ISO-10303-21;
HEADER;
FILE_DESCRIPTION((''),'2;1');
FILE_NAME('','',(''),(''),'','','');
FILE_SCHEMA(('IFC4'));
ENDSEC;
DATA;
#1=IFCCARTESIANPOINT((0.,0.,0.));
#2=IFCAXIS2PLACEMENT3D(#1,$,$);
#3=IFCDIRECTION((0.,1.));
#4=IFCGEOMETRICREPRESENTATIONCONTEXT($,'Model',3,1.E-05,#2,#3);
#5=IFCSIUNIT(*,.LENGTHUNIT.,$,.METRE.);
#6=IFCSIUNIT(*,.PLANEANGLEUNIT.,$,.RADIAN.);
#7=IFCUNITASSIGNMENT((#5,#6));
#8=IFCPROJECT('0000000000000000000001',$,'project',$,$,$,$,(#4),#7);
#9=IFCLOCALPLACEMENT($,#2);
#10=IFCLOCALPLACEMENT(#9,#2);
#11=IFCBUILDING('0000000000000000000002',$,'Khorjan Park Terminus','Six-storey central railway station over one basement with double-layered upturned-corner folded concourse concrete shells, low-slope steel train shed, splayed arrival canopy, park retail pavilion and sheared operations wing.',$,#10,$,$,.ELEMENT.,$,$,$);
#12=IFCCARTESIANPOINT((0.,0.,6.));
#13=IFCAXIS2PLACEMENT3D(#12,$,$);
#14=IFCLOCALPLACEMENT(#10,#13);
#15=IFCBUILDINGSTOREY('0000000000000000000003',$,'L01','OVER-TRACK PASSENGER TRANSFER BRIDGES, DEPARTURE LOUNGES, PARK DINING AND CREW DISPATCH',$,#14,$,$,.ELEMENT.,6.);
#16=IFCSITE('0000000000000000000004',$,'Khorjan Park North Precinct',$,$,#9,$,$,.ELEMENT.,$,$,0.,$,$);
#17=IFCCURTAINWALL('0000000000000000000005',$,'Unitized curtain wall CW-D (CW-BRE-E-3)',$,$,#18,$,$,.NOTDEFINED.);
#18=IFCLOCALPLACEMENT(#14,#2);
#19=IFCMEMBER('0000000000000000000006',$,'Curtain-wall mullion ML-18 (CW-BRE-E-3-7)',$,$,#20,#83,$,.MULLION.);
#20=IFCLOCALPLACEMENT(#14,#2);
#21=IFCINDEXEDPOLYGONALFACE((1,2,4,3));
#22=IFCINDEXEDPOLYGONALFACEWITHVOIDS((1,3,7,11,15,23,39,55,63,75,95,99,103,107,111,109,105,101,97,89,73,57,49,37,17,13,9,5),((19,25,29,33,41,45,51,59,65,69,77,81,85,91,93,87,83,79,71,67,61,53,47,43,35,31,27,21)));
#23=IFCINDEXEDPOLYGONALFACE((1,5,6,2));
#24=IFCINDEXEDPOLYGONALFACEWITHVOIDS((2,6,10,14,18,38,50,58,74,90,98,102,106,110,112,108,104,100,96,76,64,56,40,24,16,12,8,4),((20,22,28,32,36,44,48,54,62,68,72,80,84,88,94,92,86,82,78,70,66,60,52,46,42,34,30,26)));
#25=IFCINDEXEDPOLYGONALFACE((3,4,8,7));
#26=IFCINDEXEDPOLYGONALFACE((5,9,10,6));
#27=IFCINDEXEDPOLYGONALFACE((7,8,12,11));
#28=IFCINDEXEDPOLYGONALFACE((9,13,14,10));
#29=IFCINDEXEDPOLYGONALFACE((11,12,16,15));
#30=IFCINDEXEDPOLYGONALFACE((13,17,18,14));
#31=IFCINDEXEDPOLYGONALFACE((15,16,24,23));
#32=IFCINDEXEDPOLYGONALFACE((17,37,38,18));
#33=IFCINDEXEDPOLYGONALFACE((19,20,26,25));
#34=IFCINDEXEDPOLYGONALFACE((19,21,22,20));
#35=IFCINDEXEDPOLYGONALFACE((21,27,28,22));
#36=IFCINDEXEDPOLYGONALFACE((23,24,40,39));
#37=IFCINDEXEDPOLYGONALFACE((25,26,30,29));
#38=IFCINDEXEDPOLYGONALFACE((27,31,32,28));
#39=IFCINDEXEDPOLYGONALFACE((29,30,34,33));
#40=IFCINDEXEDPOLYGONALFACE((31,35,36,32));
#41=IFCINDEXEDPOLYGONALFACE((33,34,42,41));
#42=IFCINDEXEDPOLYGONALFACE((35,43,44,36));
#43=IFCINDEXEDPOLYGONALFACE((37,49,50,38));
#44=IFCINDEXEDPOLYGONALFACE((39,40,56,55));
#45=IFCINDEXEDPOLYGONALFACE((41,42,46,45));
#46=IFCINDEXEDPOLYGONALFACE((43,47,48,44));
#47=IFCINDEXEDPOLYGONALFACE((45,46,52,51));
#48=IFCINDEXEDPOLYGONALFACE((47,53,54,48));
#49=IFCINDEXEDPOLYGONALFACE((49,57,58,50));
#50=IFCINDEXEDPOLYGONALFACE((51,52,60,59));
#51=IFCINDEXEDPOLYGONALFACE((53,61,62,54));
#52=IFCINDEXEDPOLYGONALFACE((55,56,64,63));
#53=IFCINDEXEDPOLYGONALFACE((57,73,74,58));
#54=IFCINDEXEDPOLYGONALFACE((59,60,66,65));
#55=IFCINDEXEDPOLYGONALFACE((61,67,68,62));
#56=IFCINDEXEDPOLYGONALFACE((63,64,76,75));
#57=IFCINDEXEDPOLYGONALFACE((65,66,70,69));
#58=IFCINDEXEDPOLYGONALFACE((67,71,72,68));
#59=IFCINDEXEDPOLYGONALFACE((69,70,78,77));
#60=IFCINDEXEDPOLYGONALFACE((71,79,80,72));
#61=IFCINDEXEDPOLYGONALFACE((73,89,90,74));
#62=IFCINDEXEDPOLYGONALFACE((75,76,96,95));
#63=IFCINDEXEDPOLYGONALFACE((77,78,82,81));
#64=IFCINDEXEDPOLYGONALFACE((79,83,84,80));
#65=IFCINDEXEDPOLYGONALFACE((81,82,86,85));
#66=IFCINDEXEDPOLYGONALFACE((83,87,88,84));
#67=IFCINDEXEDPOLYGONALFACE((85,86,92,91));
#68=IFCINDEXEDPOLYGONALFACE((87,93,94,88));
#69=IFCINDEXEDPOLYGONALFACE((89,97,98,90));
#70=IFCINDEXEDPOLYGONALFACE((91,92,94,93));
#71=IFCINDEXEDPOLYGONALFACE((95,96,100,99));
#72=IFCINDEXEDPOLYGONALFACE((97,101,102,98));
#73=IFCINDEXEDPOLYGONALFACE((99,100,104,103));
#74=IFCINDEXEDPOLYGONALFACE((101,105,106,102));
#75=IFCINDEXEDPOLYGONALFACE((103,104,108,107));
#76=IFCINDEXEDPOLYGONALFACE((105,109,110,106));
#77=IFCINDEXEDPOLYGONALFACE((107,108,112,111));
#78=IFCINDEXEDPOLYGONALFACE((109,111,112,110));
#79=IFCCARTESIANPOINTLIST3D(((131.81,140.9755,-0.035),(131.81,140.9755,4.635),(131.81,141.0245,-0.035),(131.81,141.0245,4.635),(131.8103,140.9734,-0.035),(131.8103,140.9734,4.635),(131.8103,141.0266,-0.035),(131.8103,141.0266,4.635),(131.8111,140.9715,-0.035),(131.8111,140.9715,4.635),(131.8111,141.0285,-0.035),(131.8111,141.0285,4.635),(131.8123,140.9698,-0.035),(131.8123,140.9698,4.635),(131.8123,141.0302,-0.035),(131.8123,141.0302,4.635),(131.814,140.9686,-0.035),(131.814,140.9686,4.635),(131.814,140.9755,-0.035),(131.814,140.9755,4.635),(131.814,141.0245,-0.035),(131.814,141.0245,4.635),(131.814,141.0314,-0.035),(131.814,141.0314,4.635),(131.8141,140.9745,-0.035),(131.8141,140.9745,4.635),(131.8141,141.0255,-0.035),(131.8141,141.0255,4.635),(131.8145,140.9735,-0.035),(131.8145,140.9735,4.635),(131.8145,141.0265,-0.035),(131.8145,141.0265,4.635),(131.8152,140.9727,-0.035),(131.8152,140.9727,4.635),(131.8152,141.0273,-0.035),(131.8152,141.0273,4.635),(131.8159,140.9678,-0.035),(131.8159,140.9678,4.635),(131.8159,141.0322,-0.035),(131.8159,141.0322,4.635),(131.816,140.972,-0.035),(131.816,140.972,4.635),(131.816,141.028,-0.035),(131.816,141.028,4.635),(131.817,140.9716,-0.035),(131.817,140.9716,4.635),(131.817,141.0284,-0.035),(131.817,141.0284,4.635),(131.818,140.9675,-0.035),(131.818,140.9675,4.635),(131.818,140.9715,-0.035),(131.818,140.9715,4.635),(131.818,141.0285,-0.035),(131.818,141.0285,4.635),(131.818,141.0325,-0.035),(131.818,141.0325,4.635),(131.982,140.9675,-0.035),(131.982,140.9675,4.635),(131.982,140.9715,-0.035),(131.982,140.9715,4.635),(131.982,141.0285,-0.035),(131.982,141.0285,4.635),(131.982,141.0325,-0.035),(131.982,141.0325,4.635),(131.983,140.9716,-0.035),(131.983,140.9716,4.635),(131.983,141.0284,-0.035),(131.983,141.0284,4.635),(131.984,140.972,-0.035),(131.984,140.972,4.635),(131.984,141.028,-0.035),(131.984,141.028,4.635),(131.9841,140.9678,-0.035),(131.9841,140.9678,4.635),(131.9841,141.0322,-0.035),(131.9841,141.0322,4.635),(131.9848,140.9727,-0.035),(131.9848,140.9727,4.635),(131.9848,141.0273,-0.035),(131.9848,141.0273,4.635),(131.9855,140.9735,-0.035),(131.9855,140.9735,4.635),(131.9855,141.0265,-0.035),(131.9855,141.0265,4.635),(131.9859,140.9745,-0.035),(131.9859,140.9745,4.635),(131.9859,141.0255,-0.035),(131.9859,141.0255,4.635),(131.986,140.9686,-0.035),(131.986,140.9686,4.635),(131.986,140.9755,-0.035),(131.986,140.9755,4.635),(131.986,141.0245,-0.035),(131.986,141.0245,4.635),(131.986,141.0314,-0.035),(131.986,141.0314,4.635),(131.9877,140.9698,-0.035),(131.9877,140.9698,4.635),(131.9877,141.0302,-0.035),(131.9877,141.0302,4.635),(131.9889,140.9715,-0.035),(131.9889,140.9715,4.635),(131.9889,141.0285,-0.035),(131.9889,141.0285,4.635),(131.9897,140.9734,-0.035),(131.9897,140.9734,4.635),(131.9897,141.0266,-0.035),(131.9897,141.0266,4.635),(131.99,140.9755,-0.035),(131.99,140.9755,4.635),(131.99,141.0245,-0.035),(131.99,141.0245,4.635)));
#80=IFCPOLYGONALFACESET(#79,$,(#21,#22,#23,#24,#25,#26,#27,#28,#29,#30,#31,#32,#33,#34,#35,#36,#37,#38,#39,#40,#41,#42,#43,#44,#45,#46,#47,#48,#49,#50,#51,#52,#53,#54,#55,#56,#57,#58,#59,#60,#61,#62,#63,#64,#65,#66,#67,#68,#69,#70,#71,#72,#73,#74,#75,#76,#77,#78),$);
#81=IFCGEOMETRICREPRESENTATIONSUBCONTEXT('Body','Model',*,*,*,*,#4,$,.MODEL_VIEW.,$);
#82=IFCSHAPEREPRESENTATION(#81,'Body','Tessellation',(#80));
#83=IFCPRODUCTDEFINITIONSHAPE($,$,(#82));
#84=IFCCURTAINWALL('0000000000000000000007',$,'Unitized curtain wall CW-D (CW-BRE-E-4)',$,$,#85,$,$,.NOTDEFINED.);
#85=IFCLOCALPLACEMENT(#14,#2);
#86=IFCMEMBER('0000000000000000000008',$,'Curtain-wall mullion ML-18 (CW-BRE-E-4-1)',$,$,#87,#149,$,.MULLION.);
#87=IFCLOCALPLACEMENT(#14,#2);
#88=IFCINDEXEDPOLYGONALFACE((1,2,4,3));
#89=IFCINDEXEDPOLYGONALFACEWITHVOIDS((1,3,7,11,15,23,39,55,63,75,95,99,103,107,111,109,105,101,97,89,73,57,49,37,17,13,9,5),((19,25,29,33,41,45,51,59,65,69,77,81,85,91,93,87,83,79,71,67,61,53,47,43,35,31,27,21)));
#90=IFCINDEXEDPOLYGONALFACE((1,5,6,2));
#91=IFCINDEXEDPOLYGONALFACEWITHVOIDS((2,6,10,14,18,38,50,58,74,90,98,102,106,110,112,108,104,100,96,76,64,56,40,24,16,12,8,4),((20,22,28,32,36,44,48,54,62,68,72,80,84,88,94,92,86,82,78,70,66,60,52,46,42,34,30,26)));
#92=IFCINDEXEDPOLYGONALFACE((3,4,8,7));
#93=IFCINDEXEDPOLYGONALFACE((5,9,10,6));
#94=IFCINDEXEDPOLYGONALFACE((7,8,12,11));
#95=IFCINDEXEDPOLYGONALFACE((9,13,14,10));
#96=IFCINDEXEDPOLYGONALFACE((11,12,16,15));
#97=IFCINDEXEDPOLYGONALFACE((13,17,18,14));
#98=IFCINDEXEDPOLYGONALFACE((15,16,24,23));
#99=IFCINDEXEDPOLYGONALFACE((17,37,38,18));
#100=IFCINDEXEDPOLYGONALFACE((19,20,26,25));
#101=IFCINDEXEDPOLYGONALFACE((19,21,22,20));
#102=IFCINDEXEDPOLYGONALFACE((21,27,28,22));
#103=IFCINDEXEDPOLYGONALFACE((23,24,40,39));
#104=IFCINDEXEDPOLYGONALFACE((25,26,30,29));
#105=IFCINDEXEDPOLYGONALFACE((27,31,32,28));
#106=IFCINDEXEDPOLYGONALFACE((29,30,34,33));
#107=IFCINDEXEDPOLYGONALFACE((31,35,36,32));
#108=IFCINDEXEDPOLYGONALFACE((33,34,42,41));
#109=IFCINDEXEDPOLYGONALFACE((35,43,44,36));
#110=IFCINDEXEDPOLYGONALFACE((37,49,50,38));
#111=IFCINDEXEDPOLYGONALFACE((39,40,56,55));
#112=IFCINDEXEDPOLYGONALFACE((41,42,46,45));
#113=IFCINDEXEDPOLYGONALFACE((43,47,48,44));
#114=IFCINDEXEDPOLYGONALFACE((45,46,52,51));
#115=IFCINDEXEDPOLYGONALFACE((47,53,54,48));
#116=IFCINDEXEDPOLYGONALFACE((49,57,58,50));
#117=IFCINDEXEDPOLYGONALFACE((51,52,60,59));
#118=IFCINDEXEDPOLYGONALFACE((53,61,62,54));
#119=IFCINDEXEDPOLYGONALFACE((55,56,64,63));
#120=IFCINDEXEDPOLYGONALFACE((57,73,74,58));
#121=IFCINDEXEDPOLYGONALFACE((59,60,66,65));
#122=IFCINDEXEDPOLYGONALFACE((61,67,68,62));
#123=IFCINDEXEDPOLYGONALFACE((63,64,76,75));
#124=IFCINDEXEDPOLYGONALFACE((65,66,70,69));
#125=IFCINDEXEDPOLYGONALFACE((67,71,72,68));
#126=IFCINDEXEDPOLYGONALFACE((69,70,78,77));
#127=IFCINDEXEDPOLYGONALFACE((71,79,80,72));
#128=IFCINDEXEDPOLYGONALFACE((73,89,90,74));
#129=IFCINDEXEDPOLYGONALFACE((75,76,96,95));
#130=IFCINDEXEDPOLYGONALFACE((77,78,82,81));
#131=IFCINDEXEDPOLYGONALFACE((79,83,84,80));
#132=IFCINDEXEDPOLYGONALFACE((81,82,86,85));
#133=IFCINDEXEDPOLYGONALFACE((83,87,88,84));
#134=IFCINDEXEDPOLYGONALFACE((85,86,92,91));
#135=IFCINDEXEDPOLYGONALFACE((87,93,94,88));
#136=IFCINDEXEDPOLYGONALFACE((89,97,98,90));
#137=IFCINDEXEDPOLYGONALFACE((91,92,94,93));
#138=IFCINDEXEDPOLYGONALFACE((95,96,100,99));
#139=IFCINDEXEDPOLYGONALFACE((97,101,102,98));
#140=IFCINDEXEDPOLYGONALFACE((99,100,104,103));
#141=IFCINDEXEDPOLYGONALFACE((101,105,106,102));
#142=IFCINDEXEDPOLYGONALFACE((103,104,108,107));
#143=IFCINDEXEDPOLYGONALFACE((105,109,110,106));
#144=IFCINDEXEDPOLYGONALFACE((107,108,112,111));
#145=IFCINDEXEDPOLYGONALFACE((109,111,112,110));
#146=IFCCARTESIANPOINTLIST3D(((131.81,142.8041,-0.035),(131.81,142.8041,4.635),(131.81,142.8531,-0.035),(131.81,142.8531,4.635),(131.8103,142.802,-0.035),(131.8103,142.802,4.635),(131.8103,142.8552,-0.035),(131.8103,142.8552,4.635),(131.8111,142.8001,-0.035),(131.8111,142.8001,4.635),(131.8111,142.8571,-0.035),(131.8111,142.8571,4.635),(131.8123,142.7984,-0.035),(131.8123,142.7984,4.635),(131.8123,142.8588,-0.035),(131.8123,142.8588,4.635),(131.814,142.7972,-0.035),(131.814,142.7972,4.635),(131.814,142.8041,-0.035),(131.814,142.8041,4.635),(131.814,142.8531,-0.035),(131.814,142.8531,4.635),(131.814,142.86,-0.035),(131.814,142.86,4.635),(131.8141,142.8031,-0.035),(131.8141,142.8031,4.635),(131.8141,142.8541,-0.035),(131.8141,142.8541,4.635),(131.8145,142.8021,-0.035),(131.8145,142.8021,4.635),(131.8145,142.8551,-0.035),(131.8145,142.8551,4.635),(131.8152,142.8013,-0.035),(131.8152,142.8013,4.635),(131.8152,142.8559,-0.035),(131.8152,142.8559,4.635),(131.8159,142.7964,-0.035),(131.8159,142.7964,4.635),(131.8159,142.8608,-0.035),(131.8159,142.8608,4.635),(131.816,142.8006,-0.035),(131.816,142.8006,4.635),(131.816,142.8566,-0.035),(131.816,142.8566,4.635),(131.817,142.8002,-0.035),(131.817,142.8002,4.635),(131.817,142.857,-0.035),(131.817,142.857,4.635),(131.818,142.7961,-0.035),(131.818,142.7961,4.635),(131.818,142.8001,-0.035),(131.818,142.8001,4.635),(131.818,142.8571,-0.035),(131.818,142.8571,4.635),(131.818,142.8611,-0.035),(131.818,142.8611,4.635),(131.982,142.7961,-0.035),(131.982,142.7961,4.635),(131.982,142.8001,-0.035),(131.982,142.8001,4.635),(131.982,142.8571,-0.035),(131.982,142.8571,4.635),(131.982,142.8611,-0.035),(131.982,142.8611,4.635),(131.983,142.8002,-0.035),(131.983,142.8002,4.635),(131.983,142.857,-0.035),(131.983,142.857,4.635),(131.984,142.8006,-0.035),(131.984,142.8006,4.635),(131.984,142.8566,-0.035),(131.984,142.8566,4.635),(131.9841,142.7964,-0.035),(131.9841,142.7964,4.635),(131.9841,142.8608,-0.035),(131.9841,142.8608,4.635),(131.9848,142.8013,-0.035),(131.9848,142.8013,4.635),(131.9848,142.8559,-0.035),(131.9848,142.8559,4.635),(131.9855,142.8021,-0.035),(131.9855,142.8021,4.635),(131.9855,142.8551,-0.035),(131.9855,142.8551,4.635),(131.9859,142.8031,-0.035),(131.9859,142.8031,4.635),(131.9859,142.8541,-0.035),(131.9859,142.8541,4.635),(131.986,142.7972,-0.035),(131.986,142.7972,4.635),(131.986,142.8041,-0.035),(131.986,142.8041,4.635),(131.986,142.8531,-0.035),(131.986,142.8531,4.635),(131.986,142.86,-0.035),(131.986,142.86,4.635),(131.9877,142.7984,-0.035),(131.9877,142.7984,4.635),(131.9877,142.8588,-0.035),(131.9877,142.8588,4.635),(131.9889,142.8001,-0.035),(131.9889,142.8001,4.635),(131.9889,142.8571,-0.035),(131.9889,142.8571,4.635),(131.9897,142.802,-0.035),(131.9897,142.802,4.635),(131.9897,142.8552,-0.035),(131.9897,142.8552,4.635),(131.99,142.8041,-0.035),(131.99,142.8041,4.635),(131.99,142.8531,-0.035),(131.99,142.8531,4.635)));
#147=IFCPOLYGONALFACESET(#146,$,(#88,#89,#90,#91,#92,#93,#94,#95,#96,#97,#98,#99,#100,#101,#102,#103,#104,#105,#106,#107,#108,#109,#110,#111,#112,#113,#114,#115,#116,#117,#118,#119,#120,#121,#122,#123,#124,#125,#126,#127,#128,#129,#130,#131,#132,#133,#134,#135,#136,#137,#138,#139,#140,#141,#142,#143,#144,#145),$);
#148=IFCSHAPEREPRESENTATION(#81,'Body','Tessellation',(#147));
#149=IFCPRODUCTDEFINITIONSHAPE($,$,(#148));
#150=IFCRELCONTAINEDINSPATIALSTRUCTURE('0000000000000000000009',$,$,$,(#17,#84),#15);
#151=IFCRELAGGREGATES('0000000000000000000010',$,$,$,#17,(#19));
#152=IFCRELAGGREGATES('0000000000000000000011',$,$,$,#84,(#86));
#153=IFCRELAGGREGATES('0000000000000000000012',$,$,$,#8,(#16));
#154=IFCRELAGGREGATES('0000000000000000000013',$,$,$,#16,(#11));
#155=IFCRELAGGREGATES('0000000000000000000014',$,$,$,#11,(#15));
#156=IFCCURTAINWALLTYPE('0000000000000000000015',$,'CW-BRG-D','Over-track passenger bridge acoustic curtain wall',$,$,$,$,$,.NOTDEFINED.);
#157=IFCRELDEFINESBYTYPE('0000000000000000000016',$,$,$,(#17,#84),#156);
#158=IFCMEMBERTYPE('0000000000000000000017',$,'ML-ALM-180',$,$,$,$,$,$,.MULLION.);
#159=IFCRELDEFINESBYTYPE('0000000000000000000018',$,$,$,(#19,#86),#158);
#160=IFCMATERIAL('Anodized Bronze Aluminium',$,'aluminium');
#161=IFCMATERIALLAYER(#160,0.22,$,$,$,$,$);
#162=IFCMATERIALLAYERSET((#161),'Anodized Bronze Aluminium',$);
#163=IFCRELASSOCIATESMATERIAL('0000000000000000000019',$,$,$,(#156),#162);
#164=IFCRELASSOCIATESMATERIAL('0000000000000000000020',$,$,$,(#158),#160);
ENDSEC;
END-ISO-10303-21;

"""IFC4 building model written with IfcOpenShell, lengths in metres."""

from ifc_helpers import new_model, si_unit, direction, frame, origin, origin_2d, place, context, subcontext, project, spatial, hollow_rectangle, extrude, material, layer, layer_set, material_profile, profile_set, type_object, element, aggregate, save


model = new_model("IFC4")

# Units and contexts
model_context = context("Model", 3, precision=1e-05, world=origin(), true_north=direction((0.0, 1.0)))
body_context = subcontext(model_context, "Body", "Model", "MODEL_VIEW")
ifc_project = project(units=[si_unit("LENGTHUNIT", "METRE"), si_unit("PLANEANGLEUNIT", "RADIAN")], contexts=[model_context])

# Site, building, storey
site_placement = place(None, origin())
site = spatial("IfcSite", under=ifc_project, at=site_placement, Name="Khorjan Park North Precinct", CompositionType="ELEMENT", RefElevation=0.0)
building_placement = place(site_placement, origin())
building = spatial("IfcBuilding", under=site, at=building_placement, Name="Khorjan Park Terminus", Description="Six-storey central railway station over one basement with double-layered upturned-corner folded concourse concrete shells, low-slope steel train shed, splayed arrival canopy, park retail pavilion and sheared operations wing.", CompositionType="ELEMENT")
storey_placement = place(building_placement, frame((0.0, 0.0, 6.0)))
storey = spatial("IfcBuildingStorey", under=building, at=storey_placement, Name="L01", Description="OVER-TRACK PASSENGER TRANSFER BRIDGES, DEPARTURE LOUNGES, PARK DINING AND CREW DISPATCH", CompositionType="ELEMENT", Elevation=6.0)

# Curtain wall, member
ifc_material_1 = material(Name="Anodized Bronze Aluminium", Category="aluminium")
ifc_layer_1 = layer(ifc_material_1, 0.22)
ifc_layer_set_1 = layer_set([ifc_layer_1], Name="Anodized Bronze Aluminium")
curtain_wall_type = type_object("IfcCurtainWallType", Name="CW-BRG-D", Description="Over-track passenger bridge acoustic curtain wall", PredefinedType="NOTDEFINED", material=ifc_layer_set_1)
curtain_wall_1_placement = place(storey_placement, origin())
curtain_wall_1 = element("IfcCurtainWall", 1, at=curtain_wall_1_placement, inside=storey, type_object=curtain_wall_type, Name="Unitized curtain wall CW-D (CW-BRE-E-3)", PredefinedType="NOTDEFINED")
ifc_material_profile_1 = material_profile(ifc_material_1, hollow_rectangle(XDim=0.065, YDim=0.18, WallThickness=0.004, InnerFilletRadius=0.004, OuterFilletRadius=0.008, at=origin_2d()), Name="ALM 65x180x4")
ifc_profile_set_1 = profile_set([ifc_material_profile_1], Name="Anodized Bronze Aluminium")
member_type_1 = type_object("IfcMemberType", Name="ML-ALM-180", PredefinedType="MULLION", material=ifc_profile_set_1)
member_1_placement = place(storey_placement, frame((131.9, 141.0, -0.035), z_axis=(0.0, 0.0, 1.0), x_axis=(0.0, 1.0, 0.0)))
member_1 = element("IfcMember", 2, at=member_1_placement, type_object=member_type_1, Name="Curtain-wall mullion ML-18 (CW-BRE-E-3-7)", PredefinedType="MULLION", context=body_context, shape_type="SweptSolid", body=[
    extrude(hollow_rectangle(XDim=0.065, YDim=0.18, WallThickness=0.004, InnerFilletRadius=0.004, OuterFilletRadius=0.008, at=origin_2d()), origin(), (0.0, 0.0, 1.0), 4.67),
])

# Curtain wall, member
curtain_wall_2_placement = place(storey_placement, origin())
curtain_wall_2 = element("IfcCurtainWall", 3, at=curtain_wall_2_placement, inside=storey, type_object=curtain_wall_type, Name="Unitized curtain wall CW-D (CW-BRE-E-4)", PredefinedType="NOTDEFINED")
member_2_placement = place(storey_placement, frame((131.9, 142.8286, -0.035), z_axis=(0.0, 0.0, 1.0), x_axis=(0.0, 1.0, 0.0)))
member_2 = element("IfcMember", 4, at=member_2_placement, type_object=member_type_1, Name="Curtain-wall mullion ML-18 (CW-BRE-E-4-1)", PredefinedType="MULLION", context=body_context, shape_type="SweptSolid", body=[
    extrude(hollow_rectangle(XDim=0.065, YDim=0.18, WallThickness=0.004, InnerFilletRadius=0.004, OuterFilletRadius=0.008, at=origin_2d()), origin(), (0.0, 0.0, 1.0), 4.67),
])

aggregate(curtain_wall_1, [member_1])
aggregate(curtain_wall_2, [member_2])

save(model, "model.ifc")
